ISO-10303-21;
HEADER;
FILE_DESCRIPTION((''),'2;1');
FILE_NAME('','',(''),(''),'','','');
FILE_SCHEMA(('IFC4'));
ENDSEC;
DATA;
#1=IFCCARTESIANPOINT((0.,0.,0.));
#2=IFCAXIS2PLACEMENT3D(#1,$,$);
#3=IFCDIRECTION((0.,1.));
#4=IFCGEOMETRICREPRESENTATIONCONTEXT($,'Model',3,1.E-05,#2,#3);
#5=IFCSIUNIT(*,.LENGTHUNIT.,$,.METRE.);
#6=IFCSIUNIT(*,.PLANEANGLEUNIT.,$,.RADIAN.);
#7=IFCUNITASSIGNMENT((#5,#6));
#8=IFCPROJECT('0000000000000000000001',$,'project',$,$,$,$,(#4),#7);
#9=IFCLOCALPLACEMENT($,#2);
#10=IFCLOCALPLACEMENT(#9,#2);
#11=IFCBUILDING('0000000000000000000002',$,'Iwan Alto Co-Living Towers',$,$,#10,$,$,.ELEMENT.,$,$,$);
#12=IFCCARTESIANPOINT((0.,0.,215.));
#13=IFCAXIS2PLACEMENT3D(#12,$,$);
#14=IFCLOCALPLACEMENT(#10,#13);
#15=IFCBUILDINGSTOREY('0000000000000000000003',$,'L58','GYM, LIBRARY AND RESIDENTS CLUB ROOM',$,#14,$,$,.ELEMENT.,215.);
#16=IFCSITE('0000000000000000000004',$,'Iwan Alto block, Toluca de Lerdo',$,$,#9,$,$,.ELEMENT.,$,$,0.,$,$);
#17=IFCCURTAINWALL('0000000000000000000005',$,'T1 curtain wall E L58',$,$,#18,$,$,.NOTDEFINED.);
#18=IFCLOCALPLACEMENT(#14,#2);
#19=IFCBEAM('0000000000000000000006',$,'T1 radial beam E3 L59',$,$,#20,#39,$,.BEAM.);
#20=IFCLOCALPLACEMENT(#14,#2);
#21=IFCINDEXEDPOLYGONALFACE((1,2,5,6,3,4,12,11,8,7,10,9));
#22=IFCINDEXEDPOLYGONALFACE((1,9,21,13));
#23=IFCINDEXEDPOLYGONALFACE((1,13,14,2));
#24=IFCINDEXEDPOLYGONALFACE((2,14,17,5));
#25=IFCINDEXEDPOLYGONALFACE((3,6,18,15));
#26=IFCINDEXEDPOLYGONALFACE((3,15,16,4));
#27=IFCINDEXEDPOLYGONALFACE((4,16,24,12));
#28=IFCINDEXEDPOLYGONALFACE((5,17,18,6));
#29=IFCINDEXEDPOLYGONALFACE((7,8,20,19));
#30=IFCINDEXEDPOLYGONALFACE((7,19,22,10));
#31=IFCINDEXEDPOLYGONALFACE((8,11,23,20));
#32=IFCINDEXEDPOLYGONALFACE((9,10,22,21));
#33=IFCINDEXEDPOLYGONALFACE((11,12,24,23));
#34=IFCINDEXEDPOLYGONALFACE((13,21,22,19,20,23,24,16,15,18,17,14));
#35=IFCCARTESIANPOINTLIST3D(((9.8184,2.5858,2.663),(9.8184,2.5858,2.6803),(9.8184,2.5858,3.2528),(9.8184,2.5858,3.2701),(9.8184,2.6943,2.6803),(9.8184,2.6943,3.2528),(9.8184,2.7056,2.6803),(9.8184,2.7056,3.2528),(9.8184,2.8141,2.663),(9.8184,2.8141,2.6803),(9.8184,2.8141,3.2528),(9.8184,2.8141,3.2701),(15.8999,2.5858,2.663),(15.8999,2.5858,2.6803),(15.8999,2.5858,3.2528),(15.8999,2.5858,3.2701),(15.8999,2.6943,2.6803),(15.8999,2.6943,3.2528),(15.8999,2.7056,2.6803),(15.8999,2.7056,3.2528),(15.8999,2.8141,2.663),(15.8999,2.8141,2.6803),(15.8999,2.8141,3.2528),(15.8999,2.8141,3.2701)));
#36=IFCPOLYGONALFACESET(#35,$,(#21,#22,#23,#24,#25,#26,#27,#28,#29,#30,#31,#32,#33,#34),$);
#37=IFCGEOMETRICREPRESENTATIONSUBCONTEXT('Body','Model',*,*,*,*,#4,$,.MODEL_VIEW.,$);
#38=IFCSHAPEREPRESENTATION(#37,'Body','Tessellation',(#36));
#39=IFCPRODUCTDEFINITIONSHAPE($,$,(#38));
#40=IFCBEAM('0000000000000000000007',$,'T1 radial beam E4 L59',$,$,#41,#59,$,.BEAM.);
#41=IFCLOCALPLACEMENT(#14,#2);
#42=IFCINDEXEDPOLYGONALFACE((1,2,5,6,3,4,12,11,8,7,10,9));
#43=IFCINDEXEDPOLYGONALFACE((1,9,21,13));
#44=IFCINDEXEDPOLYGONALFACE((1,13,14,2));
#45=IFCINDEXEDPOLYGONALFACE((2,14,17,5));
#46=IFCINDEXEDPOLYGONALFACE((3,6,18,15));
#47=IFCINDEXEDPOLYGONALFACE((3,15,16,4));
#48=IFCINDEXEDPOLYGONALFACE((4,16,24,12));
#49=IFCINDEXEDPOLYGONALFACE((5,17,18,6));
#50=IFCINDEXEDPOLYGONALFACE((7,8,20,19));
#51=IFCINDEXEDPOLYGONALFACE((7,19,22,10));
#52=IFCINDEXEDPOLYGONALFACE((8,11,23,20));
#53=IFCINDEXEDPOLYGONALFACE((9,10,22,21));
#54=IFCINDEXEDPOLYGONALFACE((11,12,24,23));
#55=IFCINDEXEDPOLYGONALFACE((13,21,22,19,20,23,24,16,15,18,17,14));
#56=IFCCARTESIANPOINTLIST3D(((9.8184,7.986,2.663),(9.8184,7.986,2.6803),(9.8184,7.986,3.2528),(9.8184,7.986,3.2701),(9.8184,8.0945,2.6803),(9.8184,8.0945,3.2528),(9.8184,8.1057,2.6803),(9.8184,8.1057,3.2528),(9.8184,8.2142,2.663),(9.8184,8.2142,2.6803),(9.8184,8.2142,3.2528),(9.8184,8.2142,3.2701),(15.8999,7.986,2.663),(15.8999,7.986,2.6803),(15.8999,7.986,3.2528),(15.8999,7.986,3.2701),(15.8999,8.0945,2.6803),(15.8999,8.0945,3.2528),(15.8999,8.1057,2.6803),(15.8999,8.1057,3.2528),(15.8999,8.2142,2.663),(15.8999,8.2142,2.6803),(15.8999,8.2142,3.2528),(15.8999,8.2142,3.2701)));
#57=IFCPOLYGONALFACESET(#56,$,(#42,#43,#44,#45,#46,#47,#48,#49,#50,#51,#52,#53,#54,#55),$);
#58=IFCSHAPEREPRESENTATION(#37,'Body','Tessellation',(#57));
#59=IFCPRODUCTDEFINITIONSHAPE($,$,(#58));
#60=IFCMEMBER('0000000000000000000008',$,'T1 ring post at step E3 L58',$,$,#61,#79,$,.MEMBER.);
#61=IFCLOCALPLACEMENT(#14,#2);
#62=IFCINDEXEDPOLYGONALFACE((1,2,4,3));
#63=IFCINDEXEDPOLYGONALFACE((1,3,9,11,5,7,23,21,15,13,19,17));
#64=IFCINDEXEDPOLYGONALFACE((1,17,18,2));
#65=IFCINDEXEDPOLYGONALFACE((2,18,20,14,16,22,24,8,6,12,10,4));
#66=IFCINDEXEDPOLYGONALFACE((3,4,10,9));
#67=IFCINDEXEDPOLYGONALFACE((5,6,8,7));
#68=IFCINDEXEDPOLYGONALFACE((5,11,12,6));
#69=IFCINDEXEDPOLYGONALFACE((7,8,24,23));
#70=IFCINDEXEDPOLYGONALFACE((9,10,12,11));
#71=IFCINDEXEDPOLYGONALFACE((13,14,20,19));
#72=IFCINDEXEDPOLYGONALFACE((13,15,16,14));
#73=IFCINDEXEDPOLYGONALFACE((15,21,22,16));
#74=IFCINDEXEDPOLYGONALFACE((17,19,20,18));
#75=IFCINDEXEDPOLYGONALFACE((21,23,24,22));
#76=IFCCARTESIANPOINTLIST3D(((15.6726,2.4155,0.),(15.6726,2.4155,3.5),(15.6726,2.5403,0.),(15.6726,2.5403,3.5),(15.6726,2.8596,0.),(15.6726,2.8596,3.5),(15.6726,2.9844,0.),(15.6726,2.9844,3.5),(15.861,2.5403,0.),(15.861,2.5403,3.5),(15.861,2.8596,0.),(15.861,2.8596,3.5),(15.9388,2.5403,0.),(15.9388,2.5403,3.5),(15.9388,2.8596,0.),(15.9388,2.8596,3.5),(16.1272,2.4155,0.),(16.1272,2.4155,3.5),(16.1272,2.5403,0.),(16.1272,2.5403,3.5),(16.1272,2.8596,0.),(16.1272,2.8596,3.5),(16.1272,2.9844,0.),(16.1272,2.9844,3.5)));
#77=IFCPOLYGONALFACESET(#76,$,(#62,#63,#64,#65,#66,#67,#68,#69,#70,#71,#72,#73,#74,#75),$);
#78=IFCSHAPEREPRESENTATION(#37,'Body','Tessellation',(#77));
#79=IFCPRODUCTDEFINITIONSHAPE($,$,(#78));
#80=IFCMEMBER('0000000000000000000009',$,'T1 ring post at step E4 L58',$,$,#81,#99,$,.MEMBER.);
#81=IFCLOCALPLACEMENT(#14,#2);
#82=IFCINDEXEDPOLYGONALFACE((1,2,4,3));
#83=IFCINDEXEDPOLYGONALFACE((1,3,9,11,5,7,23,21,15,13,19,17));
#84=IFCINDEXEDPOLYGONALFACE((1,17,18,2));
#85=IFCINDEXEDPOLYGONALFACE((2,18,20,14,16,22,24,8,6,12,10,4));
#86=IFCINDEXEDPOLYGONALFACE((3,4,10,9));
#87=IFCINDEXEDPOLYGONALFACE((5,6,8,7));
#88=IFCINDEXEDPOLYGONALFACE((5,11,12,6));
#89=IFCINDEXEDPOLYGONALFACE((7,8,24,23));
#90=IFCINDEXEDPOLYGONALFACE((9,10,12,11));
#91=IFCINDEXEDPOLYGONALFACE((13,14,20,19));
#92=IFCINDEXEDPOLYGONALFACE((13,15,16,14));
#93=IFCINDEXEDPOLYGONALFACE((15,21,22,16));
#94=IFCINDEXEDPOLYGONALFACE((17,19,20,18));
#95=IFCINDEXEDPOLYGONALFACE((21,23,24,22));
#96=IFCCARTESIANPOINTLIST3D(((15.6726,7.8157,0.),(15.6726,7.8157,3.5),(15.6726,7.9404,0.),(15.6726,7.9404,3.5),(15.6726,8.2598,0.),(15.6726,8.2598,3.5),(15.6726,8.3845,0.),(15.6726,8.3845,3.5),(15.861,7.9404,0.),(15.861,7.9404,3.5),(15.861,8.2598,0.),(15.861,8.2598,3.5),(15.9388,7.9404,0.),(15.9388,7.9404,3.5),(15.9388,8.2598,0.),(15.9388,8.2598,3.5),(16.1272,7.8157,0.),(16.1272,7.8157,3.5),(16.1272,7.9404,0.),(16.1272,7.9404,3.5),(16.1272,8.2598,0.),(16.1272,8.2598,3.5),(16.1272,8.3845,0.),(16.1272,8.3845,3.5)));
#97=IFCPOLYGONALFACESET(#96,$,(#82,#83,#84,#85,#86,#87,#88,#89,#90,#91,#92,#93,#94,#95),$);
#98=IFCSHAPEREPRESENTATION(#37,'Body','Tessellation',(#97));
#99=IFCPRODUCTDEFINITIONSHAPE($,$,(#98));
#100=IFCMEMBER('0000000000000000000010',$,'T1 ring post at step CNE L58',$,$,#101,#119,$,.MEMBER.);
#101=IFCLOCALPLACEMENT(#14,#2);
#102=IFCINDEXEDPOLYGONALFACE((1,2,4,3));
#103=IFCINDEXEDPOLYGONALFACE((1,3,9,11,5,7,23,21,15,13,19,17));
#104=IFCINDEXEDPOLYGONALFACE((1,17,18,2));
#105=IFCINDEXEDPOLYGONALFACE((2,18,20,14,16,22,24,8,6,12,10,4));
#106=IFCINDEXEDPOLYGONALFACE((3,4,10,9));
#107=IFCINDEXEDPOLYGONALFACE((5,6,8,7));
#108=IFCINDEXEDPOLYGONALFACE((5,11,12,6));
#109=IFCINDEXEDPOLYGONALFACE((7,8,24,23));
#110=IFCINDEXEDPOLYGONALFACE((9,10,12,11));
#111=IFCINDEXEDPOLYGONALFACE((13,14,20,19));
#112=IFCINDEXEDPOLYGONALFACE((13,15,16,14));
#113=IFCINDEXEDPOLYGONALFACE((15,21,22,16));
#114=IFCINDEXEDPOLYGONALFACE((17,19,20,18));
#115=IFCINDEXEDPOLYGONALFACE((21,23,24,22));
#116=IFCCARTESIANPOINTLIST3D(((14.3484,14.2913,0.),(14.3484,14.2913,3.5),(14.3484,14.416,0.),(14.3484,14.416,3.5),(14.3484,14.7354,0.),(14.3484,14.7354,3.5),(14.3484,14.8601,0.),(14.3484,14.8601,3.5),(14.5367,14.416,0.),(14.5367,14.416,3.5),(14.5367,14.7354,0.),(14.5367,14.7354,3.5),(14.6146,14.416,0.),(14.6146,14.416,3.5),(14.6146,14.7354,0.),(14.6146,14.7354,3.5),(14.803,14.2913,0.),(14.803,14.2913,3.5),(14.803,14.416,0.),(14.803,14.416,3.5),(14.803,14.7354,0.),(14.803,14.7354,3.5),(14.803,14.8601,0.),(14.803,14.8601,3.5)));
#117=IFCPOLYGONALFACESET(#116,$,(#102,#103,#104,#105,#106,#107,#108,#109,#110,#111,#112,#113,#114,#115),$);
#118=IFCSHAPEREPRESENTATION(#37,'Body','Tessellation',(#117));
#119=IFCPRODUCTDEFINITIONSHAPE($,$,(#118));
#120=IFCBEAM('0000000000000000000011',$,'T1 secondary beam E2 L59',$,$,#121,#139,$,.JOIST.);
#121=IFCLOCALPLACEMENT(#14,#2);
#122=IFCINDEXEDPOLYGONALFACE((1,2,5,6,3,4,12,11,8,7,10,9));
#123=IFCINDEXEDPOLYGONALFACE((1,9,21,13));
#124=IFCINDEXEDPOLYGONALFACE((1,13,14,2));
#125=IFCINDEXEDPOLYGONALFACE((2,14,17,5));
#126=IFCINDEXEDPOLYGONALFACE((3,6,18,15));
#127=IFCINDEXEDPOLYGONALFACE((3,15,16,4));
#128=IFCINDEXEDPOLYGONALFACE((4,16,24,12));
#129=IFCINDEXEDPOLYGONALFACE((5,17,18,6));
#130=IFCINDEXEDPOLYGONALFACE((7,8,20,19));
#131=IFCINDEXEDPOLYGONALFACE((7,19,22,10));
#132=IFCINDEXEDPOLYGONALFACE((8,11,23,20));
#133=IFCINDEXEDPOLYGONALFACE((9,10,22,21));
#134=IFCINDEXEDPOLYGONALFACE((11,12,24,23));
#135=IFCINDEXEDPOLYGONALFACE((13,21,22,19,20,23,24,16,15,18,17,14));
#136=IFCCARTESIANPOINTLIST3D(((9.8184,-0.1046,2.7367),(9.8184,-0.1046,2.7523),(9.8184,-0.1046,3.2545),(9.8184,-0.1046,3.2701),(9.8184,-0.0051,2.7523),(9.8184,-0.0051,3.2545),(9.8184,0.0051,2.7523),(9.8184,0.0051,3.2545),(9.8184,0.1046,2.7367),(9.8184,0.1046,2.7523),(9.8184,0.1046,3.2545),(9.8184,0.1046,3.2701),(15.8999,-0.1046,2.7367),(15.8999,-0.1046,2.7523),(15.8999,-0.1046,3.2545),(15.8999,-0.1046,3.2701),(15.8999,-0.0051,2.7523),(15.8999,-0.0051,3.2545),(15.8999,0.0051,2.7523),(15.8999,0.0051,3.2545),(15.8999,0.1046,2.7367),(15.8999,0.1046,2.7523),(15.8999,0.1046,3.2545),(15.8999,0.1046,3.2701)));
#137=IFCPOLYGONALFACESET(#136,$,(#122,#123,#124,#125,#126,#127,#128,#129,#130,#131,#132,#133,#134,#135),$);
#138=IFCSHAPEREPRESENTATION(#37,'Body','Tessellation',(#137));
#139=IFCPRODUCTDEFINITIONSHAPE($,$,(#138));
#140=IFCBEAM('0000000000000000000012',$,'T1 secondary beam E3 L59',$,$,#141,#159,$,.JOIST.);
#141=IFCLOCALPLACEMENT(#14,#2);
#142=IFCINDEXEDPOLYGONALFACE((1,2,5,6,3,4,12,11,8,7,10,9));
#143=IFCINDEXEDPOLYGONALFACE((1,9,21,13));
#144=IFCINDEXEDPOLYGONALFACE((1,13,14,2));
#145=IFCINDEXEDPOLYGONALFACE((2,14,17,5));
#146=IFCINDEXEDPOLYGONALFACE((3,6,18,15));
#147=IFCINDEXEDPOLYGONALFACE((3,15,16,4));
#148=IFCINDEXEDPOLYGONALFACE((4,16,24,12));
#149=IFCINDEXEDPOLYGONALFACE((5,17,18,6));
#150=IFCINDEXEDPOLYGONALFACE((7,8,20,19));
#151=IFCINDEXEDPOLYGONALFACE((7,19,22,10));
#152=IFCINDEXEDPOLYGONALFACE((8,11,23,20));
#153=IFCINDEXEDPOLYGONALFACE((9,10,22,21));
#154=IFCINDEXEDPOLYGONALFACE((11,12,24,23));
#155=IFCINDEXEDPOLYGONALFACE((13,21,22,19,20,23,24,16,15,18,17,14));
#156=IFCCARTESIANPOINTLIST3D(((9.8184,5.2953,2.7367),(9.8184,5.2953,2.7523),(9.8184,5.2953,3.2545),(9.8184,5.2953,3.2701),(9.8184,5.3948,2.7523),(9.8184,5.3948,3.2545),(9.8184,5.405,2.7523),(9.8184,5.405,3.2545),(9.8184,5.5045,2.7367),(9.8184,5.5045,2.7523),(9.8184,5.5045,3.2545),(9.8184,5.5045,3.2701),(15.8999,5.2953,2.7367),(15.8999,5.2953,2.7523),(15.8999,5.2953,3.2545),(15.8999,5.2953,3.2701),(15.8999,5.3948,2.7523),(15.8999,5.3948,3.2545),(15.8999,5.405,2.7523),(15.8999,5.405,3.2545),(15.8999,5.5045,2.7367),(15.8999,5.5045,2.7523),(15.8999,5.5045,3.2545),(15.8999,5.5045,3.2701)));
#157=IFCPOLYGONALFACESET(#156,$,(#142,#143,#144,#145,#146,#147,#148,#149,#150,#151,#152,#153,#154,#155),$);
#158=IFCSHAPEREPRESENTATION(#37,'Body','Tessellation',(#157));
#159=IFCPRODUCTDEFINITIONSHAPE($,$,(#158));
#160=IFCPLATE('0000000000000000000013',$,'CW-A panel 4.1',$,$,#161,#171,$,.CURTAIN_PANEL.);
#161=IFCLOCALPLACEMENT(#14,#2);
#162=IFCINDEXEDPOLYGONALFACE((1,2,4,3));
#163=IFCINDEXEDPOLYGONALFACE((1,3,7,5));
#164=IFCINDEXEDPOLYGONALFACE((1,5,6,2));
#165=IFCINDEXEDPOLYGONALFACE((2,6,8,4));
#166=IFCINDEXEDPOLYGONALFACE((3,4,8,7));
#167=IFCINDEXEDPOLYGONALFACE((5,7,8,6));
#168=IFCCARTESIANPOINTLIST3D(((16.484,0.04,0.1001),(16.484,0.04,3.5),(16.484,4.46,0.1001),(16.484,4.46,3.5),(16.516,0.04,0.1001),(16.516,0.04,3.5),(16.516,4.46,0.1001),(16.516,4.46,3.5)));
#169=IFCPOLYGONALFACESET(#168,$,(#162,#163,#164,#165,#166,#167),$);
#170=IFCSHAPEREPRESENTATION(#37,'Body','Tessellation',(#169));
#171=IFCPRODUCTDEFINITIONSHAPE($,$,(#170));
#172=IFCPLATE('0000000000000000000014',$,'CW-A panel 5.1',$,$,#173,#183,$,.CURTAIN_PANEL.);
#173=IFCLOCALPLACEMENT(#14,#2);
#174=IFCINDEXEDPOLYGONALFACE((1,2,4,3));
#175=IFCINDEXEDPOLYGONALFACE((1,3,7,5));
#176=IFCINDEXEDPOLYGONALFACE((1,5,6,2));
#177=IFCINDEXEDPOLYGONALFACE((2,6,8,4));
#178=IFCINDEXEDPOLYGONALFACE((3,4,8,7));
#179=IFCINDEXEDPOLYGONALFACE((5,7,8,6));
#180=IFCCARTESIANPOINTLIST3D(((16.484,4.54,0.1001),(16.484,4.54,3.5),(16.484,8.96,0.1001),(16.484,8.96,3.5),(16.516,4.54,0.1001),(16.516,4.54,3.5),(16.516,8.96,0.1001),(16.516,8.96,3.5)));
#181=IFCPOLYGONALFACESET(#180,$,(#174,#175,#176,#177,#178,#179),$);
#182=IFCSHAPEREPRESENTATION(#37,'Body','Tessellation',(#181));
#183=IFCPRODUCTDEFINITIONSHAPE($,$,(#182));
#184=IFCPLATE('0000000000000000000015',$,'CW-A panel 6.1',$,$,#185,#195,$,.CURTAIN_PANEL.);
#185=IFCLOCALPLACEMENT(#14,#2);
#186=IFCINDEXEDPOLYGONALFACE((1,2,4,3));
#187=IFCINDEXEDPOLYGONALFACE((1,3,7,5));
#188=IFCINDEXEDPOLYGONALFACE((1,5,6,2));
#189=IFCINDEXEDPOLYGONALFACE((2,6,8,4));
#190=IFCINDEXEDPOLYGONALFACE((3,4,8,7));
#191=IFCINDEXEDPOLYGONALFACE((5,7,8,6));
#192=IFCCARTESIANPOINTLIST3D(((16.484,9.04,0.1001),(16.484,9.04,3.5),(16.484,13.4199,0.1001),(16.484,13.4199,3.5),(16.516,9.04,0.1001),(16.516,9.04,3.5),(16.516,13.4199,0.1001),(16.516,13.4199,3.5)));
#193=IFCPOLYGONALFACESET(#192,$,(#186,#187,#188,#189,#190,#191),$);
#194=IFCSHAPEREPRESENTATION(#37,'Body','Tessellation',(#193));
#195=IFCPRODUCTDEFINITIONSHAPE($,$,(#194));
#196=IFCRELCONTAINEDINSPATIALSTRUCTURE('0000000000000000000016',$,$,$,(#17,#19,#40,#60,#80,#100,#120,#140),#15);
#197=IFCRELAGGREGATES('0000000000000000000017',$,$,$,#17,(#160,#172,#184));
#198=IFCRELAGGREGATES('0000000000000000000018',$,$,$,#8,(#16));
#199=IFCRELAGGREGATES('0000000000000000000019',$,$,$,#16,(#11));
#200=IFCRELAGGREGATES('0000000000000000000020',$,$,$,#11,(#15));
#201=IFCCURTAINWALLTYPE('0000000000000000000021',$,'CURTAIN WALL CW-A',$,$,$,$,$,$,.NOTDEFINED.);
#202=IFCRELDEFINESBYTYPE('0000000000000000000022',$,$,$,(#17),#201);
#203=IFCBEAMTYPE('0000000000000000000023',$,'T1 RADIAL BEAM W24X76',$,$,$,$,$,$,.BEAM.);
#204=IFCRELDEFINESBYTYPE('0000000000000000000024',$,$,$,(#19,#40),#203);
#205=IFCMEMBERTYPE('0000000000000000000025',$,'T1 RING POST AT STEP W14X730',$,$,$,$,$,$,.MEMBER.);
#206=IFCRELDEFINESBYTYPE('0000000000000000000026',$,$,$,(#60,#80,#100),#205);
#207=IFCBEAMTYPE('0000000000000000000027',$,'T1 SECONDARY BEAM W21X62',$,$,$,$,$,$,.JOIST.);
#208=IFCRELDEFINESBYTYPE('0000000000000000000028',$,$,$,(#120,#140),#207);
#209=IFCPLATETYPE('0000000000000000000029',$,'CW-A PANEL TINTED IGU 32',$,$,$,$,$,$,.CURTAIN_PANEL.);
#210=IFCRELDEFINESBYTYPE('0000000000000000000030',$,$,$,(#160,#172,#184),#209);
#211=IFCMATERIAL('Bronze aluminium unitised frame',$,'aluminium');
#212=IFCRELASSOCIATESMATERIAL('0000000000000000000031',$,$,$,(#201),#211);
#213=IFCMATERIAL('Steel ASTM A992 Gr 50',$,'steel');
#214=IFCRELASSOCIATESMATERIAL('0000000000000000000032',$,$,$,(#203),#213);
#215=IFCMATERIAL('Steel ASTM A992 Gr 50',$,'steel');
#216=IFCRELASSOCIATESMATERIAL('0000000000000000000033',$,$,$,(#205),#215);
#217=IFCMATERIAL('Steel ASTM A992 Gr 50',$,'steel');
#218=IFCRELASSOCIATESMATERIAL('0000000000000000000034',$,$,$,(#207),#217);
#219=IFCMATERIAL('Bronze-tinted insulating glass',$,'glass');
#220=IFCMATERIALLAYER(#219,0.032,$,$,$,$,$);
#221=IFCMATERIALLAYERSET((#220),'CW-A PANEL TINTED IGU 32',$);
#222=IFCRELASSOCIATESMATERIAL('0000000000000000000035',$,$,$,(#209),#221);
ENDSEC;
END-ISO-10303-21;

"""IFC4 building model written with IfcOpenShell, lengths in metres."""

from ifc_helpers import new_model, si_unit, direction, frame, origin, origin_2d, place, context, subcontext, project, spatial, rectangle, i_section, extrude, material, layer, layer_set, material_profile, profile_set, type_object, element, aggregate, save


model = new_model("IFC4")

# Units and contexts
model_context = context("Model", 3, precision=1e-05, world=origin(), true_north=direction((0.0, 1.0)))
body_context = subcontext(model_context, "Body", "Model", "MODEL_VIEW")
ifc_project = project(units=[si_unit("LENGTHUNIT", "METRE"), si_unit("PLANEANGLEUNIT", "RADIAN")], contexts=[model_context])

# Site, building, storey
site_placement = place(None, origin())
site = spatial("IfcSite", under=ifc_project, at=site_placement, Name="Iwan Alto block, Toluca de Lerdo", CompositionType="ELEMENT", RefElevation=0.0)
building_placement = place(site_placement, origin())
building = spatial("IfcBuilding", under=site, at=building_placement, Name="Iwan Alto Co-Living Towers", CompositionType="ELEMENT")
storey_placement = place(building_placement, frame((0.0, 0.0, 215.0)))
storey = spatial("IfcBuildingStorey", under=building, at=storey_placement, Name="L58", Description="GYM, LIBRARY AND RESIDENTS CLUB ROOM", CompositionType="ELEMENT", Elevation=215.0)

# Curtain wall
ifc_material_1 = material(Name="Bronze aluminium unitised frame", Category="aluminium")
curtain_wall_type_1 = type_object("IfcCurtainWallType", Name="CURTAIN WALL CW-A", PredefinedType="NOTDEFINED", material=ifc_material_1)
curtain_wall_1_placement = place(storey_placement, origin())
curtain_wall_1 = element("IfcCurtainWall", 1, at=curtain_wall_1_placement, inside=storey, type_object=curtain_wall_type_1, Name="T1 curtain wall E L58", PredefinedType="NOTDEFINED")

# Beams
ifc_material_2 = material(Name="Steel ASTM A992 Gr 50", Category="steel")
ifc_material_profile_1 = material_profile(ifc_material_2, i_section(OverallWidth=0.2283, OverallDepth=0.6072, WebThickness=0.0112, FlangeThickness=0.0173, at=origin_2d()), Name="W24X76")
ifc_profile_set_1 = profile_set([ifc_material_profile_1], Name="Steel ASTM A992 Gr 50")
beam_type_1 = type_object("IfcBeamType", Name="T1 RADIAL BEAM W24X76", PredefinedType="BEAM", material=ifc_profile_set_1)
for number, where, z_axis, x_axis, name in (
    (2, (15.8999, 2.7, 2.9666), (-1.0, 0.0, 0.0), (0.0, -1.0, 0.0), "T1 radial beam E3 L59"),
    (3, (15.8999, 8.1001, 2.9666), (-1.0, 0.0, 0.0), (0.0, -1.0, 0.0), "T1 radial beam E4 L59"),
):
    element("IfcBeam", number, at=place(storey_placement, frame(where, z_axis=z_axis, x_axis=x_axis)), inside=storey, type_object=beam_type_1, Name=name, PredefinedType="BEAM", context=body_context, shape_type="SweptSolid", body=[
        extrude(i_section(OverallWidth=0.2283, OverallDepth=0.6072, WebThickness=0.0112, FlangeThickness=0.0173, at=origin_2d()), origin(), (0.0, 0.0, 1.0), 6.0815),
    ])

# Members
ifc_material_3 = material(Name="Steel ASTM A992 Gr 50", Category="steel")
ifc_material_profile_2 = material_profile(ifc_material_3, i_section(OverallWidth=0.4546, OverallDepth=0.5688, WebThickness=0.0779, FlangeThickness=0.1248, at=origin_2d()), Name="W14X730")
ifc_profile_set_2 = profile_set([ifc_material_profile_2], Name="Steel ASTM A992 Gr 50")
member_type_1 = type_object("IfcMemberType", Name="T1 RING POST AT STEP W14X730", PredefinedType="MEMBER", material=ifc_profile_set_2)
for number, where, z_axis, x_axis, name in (
    (4, (15.8999, 2.7, 0.0), (0.0, 0.0, 1.0), (1.0, 0.0, 0.0), "T1 ring post at step E3 L58"),
    (5, (15.8999, 8.1001, 0.0), (0.0, 0.0, 1.0), (1.0, 0.0, 0.0), "T1 ring post at step E4 L58"),
    (6, (14.5757, 14.5757, 0.0), (0.0, 0.0, 1.0), (1.0, 0.0, 0.0), "T1 ring post at step CNE L58"),
):
    element("IfcMember", number, at=place(storey_placement, frame(where, z_axis=z_axis, x_axis=x_axis)), inside=storey, type_object=member_type_1, Name=name, PredefinedType="MEMBER", context=body_context, shape_type="SweptSolid", body=[
        extrude(i_section(OverallWidth=0.4546, OverallDepth=0.5688, WebThickness=0.0779, FlangeThickness=0.1248, at=origin_2d()), origin(), (0.0, 0.0, 1.0), 3.5),
    ])

# Beams
ifc_material_4 = material(Name="Steel ASTM A992 Gr 50", Category="steel")
ifc_material_profile_3 = material_profile(ifc_material_4, i_section(OverallWidth=0.2092, OverallDepth=0.5334, WebThickness=0.0103, FlangeThickness=0.0156, at=origin_2d()), Name="W21X62")
ifc_profile_set_3 = profile_set([ifc_material_profile_3], Name="Steel ASTM A992 Gr 50")
beam_type_2 = type_object("IfcBeamType", Name="T1 SECONDARY BEAM W21X62", PredefinedType="JOIST", material=ifc_profile_set_3)
for number, where, z_axis, x_axis, name in (
    (7, (15.8999, 0.0, 3.0034), (-1.0, 0.0, 0.0), (0.0, -1.0, 0.0), "T1 secondary beam E2 L59"),
    (8, (15.8999, 5.3999, 3.0034), (-1.0, 0.0, 0.0), (0.0, -1.0, 0.0), "T1 secondary beam E3 L59"),
):
    element("IfcBeam", number, at=place(storey_placement, frame(where, z_axis=z_axis, x_axis=x_axis)), inside=storey, type_object=beam_type_2, Name=name, PredefinedType="JOIST", context=body_context, shape_type="SweptSolid", body=[
        extrude(i_section(OverallWidth=0.2092, OverallDepth=0.5334, WebThickness=0.0103, FlangeThickness=0.0156, at=origin_2d()), origin(), (0.0, 0.0, 1.0), 6.0815),
    ])

# Plates
ifc_material_5 = material(Name="Bronze-tinted insulating glass", Category="glass")
ifc_layer_1 = layer(ifc_material_5, 0.032)
ifc_layer_set_1 = layer_set([ifc_layer_1], Name="CW-A PANEL TINTED IGU 32")
plate_type_1 = type_object("IfcPlateType", Name="CW-A PANEL TINTED IGU 32", PredefinedType="CURTAIN_PANEL", material=ifc_layer_set_1)
plate_1_placement = place(storey_placement, frame((16.5, 2.25, 0.1001), z_axis=(0.0, 0.0, 1.0), x_axis=(0.0, 1.0, 0.0)))
plate_1 = element("IfcPlate", 9, at=plate_1_placement, type_object=plate_type_1, Name="CW-A panel 4.1", PredefinedType="CURTAIN_PANEL", context=body_context, shape_type="SweptSolid", body=[
    extrude(rectangle(XDim=4.4199, YDim=0.032, at=origin_2d()), origin(), (0.0, 0.0, 1.0), 3.3999),
])
plate_2_placement = place(storey_placement, frame((16.5, 6.75, 0.1001), z_axis=(0.0, 0.0, 1.0), x_axis=(0.0, 1.0, 0.0)))
plate_2 = element("IfcPlate", 10, at=plate_2_placement, type_object=plate_type_1, Name="CW-A panel 5.1", PredefinedType="CURTAIN_PANEL", context=body_context, shape_type="SweptSolid", body=[
    extrude(rectangle(XDim=4.4199, YDim=0.032, at=origin_2d()), origin(), (0.0, 0.0, 1.0), 3.3999),
])
plate_3_placement = place(storey_placement, frame((16.5, 11.23, 0.1001), z_axis=(0.0, 0.0, 1.0), x_axis=(0.0, 1.0, 0.0)))
plate_3 = element("IfcPlate", 11, at=plate_3_placement, type_object=plate_type_1, Name="CW-A panel 6.1", PredefinedType="CURTAIN_PANEL", context=body_context, shape_type="SweptSolid", body=[
    extrude(rectangle(XDim=4.3799, YDim=0.032, at=origin_2d()), origin(), (0.0, 0.0, 1.0), 3.3999),
])
aggregate(curtain_wall_1, [plate_1, plate_2, plate_3])

save(model, "model.ifc")
